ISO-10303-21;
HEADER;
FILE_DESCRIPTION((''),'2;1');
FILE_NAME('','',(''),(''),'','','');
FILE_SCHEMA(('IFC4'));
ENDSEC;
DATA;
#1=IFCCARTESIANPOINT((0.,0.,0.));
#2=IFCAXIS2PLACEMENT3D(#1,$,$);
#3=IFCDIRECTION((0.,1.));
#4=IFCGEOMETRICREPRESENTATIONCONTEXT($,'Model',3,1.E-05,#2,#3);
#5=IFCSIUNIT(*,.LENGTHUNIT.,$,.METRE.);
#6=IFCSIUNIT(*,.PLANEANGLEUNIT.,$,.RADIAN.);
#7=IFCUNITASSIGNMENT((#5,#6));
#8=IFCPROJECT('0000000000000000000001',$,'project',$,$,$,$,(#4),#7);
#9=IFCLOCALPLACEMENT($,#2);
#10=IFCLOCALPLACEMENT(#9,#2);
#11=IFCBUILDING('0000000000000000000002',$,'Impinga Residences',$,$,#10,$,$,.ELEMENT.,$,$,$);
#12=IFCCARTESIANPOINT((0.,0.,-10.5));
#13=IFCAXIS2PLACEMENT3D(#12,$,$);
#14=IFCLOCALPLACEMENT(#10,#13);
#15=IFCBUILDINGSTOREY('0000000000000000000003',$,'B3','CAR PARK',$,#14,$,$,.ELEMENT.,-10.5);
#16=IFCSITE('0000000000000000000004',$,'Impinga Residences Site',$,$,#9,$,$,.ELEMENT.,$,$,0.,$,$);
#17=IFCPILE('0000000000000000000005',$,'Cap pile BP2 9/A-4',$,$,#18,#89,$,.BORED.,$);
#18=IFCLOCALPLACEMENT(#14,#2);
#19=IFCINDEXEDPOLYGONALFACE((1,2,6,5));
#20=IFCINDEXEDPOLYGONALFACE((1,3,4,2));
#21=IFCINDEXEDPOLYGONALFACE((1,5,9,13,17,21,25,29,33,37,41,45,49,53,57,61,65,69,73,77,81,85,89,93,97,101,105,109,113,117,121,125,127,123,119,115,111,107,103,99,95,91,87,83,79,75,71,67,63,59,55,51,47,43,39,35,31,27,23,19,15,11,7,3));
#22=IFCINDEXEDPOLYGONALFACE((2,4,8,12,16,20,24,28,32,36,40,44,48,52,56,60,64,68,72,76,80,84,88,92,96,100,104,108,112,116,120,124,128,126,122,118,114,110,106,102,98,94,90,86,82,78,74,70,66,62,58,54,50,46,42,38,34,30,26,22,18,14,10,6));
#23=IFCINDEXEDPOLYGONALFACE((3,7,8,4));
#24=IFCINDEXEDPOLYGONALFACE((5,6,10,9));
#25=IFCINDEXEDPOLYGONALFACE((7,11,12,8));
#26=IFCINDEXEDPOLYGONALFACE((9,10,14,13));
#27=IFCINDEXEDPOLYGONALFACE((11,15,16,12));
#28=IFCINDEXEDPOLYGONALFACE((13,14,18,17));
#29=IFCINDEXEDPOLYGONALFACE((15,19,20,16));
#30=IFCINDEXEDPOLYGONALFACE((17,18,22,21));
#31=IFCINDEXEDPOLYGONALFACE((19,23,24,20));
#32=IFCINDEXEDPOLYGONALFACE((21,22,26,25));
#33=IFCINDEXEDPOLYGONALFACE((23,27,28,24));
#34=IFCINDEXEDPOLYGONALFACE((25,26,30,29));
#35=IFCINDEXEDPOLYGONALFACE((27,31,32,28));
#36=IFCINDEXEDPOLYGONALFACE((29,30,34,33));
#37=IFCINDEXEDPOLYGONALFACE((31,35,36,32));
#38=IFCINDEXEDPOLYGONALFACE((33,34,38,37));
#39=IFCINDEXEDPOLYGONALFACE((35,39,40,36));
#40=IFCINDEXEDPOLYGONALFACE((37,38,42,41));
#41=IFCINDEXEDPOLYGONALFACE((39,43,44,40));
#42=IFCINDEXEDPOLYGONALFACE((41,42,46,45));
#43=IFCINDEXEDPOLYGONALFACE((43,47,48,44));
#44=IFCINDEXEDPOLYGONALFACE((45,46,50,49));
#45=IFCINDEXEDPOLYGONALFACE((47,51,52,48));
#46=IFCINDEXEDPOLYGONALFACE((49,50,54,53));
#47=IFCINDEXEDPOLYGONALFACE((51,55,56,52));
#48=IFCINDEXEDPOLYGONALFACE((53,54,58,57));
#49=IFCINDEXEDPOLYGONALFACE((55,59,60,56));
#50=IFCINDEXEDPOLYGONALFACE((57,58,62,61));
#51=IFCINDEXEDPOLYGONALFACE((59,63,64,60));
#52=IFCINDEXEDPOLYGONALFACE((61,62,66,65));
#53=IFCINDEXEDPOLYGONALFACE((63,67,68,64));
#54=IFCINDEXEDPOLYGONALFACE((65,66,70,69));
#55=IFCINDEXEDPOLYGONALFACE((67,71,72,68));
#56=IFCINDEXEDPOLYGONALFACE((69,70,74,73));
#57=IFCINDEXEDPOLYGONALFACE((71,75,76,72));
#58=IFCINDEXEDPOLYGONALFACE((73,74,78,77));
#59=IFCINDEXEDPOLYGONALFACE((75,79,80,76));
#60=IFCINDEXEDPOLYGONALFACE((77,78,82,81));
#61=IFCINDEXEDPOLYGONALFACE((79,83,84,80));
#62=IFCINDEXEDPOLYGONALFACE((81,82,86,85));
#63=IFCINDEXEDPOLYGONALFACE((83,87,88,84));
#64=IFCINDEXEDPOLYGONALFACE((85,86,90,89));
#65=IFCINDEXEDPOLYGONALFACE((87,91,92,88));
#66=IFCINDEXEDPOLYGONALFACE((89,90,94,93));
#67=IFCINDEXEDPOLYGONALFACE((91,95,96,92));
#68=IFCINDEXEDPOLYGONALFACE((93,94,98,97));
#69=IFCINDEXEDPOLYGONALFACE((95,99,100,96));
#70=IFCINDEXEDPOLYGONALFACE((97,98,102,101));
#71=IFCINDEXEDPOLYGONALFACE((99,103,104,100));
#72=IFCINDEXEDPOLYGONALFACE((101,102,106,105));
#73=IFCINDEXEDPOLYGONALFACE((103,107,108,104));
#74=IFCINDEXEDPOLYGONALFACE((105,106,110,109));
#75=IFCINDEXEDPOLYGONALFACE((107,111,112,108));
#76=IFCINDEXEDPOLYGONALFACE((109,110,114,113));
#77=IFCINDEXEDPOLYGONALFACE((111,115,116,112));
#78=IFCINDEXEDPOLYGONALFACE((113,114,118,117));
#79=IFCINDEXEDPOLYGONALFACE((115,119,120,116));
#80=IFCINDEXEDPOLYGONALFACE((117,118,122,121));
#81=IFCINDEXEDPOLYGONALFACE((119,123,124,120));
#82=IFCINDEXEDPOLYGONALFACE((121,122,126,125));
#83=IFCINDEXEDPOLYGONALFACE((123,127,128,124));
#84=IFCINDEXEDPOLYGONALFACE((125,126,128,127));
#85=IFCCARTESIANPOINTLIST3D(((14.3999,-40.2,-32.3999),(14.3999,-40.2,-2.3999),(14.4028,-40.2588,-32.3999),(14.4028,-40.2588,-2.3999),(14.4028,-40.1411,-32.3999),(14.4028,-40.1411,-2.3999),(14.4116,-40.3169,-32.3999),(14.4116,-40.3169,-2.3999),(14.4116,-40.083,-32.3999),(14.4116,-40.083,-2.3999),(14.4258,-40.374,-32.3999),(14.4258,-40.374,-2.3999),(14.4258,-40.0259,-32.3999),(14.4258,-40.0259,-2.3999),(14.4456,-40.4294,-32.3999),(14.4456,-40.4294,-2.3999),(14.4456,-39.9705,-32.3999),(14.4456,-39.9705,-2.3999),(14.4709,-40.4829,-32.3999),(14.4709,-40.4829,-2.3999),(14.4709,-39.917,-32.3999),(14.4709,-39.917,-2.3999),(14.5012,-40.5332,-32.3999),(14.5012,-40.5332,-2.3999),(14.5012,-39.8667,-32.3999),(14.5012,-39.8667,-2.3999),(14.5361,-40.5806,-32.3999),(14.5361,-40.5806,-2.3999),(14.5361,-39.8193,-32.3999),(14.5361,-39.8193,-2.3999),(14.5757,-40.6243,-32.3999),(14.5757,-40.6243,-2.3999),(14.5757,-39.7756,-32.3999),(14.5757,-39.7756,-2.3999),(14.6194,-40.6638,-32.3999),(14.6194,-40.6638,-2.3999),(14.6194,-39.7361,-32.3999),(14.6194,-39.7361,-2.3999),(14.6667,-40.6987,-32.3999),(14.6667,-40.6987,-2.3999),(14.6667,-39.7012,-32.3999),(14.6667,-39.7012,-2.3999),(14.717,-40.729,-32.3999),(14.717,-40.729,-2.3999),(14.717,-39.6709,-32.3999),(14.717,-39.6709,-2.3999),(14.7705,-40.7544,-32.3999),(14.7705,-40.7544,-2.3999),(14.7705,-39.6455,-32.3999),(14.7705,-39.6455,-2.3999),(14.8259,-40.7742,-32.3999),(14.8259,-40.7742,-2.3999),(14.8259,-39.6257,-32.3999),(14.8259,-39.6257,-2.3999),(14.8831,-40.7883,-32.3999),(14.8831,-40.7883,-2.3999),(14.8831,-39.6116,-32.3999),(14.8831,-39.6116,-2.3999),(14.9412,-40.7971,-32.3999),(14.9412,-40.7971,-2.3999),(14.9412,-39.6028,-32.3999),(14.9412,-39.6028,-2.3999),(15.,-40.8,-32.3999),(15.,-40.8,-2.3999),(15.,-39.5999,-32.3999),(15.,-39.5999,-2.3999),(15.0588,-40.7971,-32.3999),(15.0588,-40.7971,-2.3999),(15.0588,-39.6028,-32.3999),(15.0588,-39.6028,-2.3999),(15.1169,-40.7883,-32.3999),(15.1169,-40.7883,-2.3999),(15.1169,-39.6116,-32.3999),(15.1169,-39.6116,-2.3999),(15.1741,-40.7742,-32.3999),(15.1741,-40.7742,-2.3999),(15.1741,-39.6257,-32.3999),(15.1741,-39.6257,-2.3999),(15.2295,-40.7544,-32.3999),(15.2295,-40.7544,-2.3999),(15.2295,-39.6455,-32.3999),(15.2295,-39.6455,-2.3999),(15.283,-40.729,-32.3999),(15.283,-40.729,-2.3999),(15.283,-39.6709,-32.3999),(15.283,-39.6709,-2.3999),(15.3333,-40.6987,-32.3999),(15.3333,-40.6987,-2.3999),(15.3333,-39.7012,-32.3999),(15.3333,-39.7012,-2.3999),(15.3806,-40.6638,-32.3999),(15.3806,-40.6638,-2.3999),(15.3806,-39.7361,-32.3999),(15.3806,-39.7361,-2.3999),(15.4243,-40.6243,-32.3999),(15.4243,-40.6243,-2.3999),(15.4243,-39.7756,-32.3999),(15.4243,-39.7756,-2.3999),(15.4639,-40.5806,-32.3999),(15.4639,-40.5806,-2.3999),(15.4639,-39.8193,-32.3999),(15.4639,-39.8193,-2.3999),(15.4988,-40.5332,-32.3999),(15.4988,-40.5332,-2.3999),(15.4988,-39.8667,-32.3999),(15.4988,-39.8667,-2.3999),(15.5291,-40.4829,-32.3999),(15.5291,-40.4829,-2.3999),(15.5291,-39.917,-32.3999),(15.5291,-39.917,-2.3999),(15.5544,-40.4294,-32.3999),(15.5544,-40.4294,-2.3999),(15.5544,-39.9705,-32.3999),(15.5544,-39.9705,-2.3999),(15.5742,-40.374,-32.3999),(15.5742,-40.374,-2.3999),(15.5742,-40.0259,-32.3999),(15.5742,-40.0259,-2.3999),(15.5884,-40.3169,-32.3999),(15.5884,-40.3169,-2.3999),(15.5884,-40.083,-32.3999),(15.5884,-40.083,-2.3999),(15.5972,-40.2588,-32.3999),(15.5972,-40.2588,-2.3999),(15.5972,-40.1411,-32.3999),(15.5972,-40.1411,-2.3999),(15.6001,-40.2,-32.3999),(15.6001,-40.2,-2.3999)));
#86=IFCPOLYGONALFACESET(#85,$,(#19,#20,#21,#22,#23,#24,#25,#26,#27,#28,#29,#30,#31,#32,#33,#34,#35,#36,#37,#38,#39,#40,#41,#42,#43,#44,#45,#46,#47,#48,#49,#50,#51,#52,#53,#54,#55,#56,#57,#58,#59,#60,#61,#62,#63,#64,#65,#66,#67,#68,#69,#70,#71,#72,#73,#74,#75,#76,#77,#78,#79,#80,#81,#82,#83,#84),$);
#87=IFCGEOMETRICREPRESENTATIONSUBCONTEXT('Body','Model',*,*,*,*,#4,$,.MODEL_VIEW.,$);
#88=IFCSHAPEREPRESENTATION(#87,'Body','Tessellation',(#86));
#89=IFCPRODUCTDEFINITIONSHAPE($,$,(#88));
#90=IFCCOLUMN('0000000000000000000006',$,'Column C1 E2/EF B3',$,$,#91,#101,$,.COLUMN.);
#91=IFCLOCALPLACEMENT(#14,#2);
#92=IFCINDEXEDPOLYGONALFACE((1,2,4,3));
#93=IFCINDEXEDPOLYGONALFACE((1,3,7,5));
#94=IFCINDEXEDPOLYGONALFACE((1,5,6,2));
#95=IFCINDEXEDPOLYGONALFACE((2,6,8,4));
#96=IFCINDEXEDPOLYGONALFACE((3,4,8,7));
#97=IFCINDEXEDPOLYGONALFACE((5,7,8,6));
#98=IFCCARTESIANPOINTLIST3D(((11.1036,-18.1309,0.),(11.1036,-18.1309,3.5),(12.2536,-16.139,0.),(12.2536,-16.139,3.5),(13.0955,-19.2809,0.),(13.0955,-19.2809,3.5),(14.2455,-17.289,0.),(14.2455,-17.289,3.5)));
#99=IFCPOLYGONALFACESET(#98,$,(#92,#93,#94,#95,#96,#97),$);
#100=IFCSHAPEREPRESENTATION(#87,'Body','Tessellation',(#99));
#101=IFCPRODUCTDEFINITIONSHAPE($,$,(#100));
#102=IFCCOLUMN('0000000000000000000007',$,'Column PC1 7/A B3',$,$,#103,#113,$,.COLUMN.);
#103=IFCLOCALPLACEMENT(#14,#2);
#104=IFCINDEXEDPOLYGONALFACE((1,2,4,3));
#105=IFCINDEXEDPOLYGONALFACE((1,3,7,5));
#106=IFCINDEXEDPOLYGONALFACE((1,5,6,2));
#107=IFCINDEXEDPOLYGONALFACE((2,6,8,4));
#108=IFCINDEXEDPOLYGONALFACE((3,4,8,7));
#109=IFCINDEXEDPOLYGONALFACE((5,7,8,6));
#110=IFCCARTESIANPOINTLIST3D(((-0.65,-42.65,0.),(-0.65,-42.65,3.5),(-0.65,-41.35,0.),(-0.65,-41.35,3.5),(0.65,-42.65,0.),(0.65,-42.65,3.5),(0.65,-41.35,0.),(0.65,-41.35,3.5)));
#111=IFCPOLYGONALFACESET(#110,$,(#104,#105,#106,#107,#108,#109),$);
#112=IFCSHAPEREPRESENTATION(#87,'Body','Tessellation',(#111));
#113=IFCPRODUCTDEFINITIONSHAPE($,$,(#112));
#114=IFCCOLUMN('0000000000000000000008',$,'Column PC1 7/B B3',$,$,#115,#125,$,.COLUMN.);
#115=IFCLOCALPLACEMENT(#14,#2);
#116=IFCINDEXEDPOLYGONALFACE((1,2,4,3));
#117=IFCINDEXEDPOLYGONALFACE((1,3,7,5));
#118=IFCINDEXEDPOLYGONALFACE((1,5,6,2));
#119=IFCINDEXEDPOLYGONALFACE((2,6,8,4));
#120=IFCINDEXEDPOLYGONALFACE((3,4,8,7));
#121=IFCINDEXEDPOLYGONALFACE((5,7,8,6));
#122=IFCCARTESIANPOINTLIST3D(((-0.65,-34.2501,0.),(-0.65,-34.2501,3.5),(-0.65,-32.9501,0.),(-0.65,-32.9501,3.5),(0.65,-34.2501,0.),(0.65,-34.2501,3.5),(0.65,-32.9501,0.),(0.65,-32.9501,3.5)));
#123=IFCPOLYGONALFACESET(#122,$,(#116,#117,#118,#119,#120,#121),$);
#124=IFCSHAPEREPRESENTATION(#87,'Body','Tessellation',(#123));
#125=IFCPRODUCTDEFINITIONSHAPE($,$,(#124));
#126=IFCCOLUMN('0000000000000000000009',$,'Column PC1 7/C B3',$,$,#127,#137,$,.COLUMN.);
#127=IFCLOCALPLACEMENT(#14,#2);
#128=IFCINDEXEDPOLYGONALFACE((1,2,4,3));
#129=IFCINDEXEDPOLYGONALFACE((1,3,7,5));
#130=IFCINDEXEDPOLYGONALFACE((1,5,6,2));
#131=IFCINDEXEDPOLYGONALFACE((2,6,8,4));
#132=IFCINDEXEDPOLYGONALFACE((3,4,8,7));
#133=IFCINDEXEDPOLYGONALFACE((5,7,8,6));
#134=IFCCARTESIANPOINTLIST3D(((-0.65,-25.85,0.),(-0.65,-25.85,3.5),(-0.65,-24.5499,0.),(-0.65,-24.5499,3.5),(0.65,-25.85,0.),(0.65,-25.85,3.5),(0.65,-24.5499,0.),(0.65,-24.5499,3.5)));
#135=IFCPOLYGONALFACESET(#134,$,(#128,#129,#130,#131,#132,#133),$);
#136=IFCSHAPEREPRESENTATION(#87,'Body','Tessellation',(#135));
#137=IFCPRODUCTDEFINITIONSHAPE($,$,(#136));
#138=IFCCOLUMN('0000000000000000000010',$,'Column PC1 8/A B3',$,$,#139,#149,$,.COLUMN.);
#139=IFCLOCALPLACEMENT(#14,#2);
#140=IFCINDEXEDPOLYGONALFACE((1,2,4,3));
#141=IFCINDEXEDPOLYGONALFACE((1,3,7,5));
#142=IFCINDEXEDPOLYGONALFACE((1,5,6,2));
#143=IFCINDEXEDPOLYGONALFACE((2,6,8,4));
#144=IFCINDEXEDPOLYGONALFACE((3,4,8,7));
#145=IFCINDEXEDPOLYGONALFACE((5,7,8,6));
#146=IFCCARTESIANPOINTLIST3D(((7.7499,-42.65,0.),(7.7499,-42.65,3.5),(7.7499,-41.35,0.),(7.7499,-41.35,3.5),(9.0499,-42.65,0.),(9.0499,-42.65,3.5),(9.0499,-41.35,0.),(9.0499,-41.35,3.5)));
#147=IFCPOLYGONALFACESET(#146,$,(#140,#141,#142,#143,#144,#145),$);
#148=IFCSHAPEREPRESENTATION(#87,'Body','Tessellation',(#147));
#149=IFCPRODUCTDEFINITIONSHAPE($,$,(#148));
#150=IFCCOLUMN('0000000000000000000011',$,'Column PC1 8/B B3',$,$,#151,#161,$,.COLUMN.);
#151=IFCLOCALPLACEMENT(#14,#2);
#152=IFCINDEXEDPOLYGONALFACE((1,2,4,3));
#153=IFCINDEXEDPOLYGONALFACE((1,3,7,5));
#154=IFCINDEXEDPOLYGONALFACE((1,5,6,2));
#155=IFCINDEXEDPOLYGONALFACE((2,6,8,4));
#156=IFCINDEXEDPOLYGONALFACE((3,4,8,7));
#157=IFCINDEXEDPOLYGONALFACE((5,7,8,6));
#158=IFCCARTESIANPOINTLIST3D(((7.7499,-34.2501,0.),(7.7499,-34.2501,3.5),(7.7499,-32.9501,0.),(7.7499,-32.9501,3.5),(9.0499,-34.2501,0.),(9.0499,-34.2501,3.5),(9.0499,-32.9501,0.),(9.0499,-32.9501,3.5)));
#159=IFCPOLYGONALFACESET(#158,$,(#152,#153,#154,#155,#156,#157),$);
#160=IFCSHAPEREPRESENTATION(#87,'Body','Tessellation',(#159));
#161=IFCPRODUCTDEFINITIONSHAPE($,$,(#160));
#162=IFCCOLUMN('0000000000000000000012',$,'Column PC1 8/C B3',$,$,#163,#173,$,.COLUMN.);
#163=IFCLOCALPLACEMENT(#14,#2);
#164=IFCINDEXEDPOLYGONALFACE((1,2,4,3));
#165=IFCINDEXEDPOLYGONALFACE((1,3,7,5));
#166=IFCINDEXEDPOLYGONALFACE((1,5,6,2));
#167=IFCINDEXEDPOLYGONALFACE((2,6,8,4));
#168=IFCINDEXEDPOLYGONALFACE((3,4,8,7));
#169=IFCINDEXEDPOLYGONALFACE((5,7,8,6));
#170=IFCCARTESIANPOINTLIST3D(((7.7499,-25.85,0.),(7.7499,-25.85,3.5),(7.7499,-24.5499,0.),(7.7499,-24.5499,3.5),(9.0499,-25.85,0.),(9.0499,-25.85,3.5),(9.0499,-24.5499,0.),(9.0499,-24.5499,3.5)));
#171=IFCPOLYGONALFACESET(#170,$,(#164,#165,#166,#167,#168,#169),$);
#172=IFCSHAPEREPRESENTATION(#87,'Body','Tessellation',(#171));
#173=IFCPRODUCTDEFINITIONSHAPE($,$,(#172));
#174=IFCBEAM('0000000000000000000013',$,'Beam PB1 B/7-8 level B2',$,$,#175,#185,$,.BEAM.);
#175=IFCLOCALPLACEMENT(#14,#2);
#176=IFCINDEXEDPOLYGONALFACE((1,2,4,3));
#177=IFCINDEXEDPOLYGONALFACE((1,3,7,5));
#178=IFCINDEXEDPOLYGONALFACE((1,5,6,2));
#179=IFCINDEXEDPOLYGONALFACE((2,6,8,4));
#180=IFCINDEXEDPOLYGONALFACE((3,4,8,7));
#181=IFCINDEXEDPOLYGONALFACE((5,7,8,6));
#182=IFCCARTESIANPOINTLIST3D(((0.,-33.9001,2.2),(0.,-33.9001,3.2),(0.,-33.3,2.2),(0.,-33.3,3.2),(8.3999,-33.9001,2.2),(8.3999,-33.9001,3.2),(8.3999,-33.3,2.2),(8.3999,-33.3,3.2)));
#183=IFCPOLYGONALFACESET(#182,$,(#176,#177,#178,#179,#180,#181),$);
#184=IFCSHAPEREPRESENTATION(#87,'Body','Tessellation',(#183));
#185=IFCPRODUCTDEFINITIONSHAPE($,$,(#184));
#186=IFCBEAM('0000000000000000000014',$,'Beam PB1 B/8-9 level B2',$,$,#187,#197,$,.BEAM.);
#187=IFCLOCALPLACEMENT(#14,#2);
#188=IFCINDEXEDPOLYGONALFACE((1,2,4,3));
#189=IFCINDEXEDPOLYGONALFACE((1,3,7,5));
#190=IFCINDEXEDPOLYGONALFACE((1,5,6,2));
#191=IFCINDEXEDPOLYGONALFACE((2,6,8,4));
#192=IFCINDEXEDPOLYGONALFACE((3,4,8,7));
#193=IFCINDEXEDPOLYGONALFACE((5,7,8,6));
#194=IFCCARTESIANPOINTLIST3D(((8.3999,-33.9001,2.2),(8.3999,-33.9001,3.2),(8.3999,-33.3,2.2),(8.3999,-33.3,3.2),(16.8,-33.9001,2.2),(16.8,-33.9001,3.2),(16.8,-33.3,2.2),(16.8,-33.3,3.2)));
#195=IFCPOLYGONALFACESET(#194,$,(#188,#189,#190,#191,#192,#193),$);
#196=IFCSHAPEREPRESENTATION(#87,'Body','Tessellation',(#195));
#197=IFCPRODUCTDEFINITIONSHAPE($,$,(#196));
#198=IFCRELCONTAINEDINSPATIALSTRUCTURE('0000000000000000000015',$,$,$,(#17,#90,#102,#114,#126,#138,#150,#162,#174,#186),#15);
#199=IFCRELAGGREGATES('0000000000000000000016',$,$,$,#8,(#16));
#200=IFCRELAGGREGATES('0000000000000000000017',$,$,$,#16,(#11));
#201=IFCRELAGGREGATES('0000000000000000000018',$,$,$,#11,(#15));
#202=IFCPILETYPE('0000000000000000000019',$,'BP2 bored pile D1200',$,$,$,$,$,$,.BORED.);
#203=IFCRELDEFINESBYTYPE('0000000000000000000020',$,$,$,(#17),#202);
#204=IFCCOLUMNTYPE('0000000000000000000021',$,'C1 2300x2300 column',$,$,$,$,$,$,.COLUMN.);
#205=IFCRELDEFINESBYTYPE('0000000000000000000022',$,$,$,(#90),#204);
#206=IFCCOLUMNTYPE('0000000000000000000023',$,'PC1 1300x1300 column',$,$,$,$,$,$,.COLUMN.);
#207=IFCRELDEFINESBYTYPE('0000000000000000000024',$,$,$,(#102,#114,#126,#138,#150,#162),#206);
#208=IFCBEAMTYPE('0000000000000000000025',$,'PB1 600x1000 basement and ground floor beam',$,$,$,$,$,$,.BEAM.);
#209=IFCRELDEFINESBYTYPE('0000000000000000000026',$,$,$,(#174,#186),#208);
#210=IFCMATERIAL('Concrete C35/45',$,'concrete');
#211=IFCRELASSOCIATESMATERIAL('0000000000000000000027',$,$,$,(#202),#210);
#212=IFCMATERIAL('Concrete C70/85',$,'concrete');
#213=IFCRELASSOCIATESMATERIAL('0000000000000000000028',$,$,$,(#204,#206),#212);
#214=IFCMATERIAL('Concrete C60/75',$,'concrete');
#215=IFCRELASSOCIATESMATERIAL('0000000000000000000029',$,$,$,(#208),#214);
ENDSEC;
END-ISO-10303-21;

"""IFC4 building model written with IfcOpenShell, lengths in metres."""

from ifc_helpers import new_model, si_unit, direction, frame, origin, origin_2d, place, context, subcontext, project, spatial, polyline, rectangle, circle, outline, extrude, material, material_profile, profile_set, type_object, element, save


model = new_model("IFC4")

# Units and contexts
model_context = context("Model", 3, precision=1e-05, world=origin(), true_north=direction((0.0, 1.0)))
body_context = subcontext(model_context, "Body", "Model", "MODEL_VIEW")
ifc_project = project(units=[si_unit("LENGTHUNIT", "METRE"), si_unit("PLANEANGLEUNIT", "RADIAN")], contexts=[model_context])

# Site, building, storey
site_placement = place(None, origin())
site = spatial("IfcSite", under=ifc_project, at=site_placement, Name="Impinga Residences Site", CompositionType="ELEMENT", RefElevation=0.0)
building_placement = place(site_placement, origin())
building = spatial("IfcBuilding", under=site, at=building_placement, Name="Impinga Residences", CompositionType="ELEMENT")
storey_placement = place(building_placement, frame((0.0, 0.0, -10.5)))
storey = spatial("IfcBuildingStorey", under=building, at=storey_placement, Name="B3", Description="CAR PARK", CompositionType="ELEMENT", Elevation=-10.5)

# Pile
ifc_material_1 = material(Name="Concrete C35/45", Category="concrete")
ifc_material_profile_1 = material_profile(ifc_material_1, circle(Radius=0.6001, at=origin_2d()), Name="D1200")
ifc_profile_set_1 = profile_set([ifc_material_profile_1], Name="Concrete C35/45")
pile_type = type_object("IfcPileType", Name="BP2 bored pile D1200", PredefinedType="BORED", material=ifc_profile_set_1)
pile_1_placement = place(storey_placement, frame((15.0, -40.2, -2.3999), z_axis=(0.0, 0.0, -1.0), x_axis=(1.0, 0.0, 0.0)))
element("IfcPile", 1, at=pile_1_placement, inside=storey, type_object=pile_type, Name="Cap pile BP2 9/A-4", PredefinedType="BORED", context=body_context, shape_type="SweptSolid", body=[
    extrude(outline(polyline([(0.6001, 0.0), (0.5972, 0.0588), (0.5884, 0.1169), (0.5742, 0.1741), (0.5544, 0.2295), (0.5291, 0.283), (0.4988, 0.3333), (0.4639, 0.3806), (0.4243, 0.4243), (0.3806, 0.4639), (0.3333, 0.4988), (0.283, 0.5291), (0.2295, 0.5544), (0.1741, 0.5742), (0.1169, 0.5884), (0.0588, 0.5972), (0.0, 0.6001), (-0.0588, 0.5972), (-0.1169, 0.5884), (-0.1741, 0.5742), (-0.2295, 0.5544), (-0.283, 0.5291), (-0.3333, 0.4988), (-0.3806, 0.4639), (-0.4243, 0.4243), (-0.4639, 0.3806), (-0.4988, 0.3333), (-0.5291, 0.283), (-0.5544, 0.2295), (-0.5742, 0.1741), (-0.5884, 0.1169), (-0.5972, 0.0588), (-0.6001, 0.0), (-0.5972, -0.0588), (-0.5884, -0.1169), (-0.5742, -0.1741), (-0.5544, -0.2295), (-0.5291, -0.283), (-0.4988, -0.3333), (-0.4639, -0.3806), (-0.4243, -0.4243), (-0.3806, -0.4639), (-0.3333, -0.4988), (-0.283, -0.5291), (-0.2295, -0.5544), (-0.1741, -0.5742), (-0.1169, -0.5884), (-0.0588, -0.5972), (0.0, -0.6001), (0.0588, -0.5972), (0.1169, -0.5884), (0.1741, -0.5742), (0.2295, -0.5544), (0.283, -0.5291), (0.3333, -0.4988), (0.3806, -0.4639), (0.4243, -0.4243), (0.4639, -0.3806), (0.4988, -0.3333), (0.5291, -0.283), (0.5544, -0.2295), (0.5742, -0.1741), (0.5884, -0.1169), (0.5972, -0.0588), (0.6001, 0.0)])), origin(), (0.0, 0.0, 1.0), 30.0),
])

# Columns
ifc_material_2 = material(Name="Concrete C70/85", Category="concrete")
ifc_material_profile_2 = material_profile(ifc_material_2, rectangle(XDim=2.3, YDim=2.3, at=origin_2d()), Name="RC 2300x2300")
ifc_profile_set_2 = profile_set([ifc_material_profile_2], Name="Concrete C70/85")
column_type_1 = type_object("IfcColumnType", Name="C1 2300x2300 column", PredefinedType="COLUMN", material=ifc_profile_set_2)
column_placement = place(storey_placement, frame((12.6746, -17.71, 0.0), z_axis=(0.0, 0.0, 1.0), x_axis=(-0.5, -0.866025, 0.0)))
element("IfcColumn", 2, at=column_placement, inside=storey, type_object=column_type_1, Name="Column C1 E2/EF B3", PredefinedType="COLUMN", context=body_context, shape_type="SweptSolid", body=[
    extrude(rectangle(XDim=2.3, YDim=2.3, at=origin_2d()), origin(), (0.0, 0.0, 1.0), 3.5),
])
ifc_material_profile_3 = material_profile(ifc_material_2, rectangle(XDim=1.3, YDim=1.3, at=origin_2d()), Name="RC 1300x1300")
ifc_profile_set_3 = profile_set([ifc_material_profile_3], Name="Concrete C70/85")
column_type_2 = type_object("IfcColumnType", Name="PC1 1300x1300 column", PredefinedType="COLUMN", material=ifc_profile_set_3)
for number, where, z_axis, x_axis, name in (
    (3, (0.0, -42.0, 0.0), (0.0, 0.0, 1.0), (1.0, 0.0, 0.0), "Column PC1 7/A B3"),
    (4, (0.0, -33.6001, 0.0), (0.0, 0.0, 1.0), (1.0, 0.0, 0.0), "Column PC1 7/B B3"),
    (5, (0.0, -25.2, 0.0), (0.0, 0.0, 1.0), (1.0, 0.0, 0.0), "Column PC1 7/C B3"),
    (6, (8.3999, -42.0, 0.0), (0.0, 0.0, 1.0), (1.0, 0.0, 0.0), "Column PC1 8/A B3"),
    (7, (8.3999, -33.6001, 0.0), (0.0, 0.0, 1.0), (1.0, 0.0, 0.0), "Column PC1 8/B B3"),
    (8, (8.3999, -25.2, 0.0), (0.0, 0.0, 1.0), (1.0, 0.0, 0.0), "Column PC1 8/C B3"),
):
    element("IfcColumn", number, at=place(storey_placement, frame(where, z_axis=z_axis, x_axis=x_axis)), inside=storey, type_object=column_type_2, Name=name, PredefinedType="COLUMN", context=body_context, shape_type="SweptSolid", body=[
        extrude(rectangle(XDim=1.3, YDim=1.3, at=origin_2d()), origin(), (0.0, 0.0, 1.0), 3.5),
    ])

# Beams
ifc_material_3 = material(Name="Concrete C60/75", Category="concrete")
ifc_material_profile_4 = material_profile(ifc_material_3, rectangle(XDim=0.6001, YDim=1.0, at=origin_2d()), Name="RC 600x1000")
ifc_profile_set_4 = profile_set([ifc_material_profile_4], Name="Concrete C60/75")
beam_type = type_object("IfcBeamType", Name="PB1 600x1000 basement and ground floor beam", PredefinedType="BEAM", material=ifc_profile_set_4)
beam_1_placement = place(storey_placement, frame((0.0, -33.6001, 2.7), z_axis=(1.0, 0.0, 0.0), x_axis=(0.0, 1.0, 0.0)))
element("IfcBeam", 9, at=beam_1_placement, inside=storey, type_object=beam_type, Name="Beam PB1 B/7-8 level B2", PredefinedType="BEAM", context=body_context, shape_type="SweptSolid", body=[
    extrude(rectangle(XDim=0.6001, YDim=1.0, at=origin_2d()), origin(), (0.0, 0.0, 1.0), 8.3999),
])
beam_2_placement = place(storey_placement, frame((8.3999, -33.6001, 2.7), z_axis=(1.0, 0.0, 0.0), x_axis=(0.0, 1.0, 0.0)))
element("IfcBeam", 10, at=beam_2_placement, inside=storey, type_object=beam_type, Name="Beam PB1 B/8-9 level B2", PredefinedType="BEAM", context=body_context, shape_type="SweptSolid", body=[
    extrude(rectangle(XDim=0.6001, YDim=1.0, at=origin_2d()), origin(), (0.0, 0.0, 1.0), 8.4001),
])

save(model, "model.ifc")
